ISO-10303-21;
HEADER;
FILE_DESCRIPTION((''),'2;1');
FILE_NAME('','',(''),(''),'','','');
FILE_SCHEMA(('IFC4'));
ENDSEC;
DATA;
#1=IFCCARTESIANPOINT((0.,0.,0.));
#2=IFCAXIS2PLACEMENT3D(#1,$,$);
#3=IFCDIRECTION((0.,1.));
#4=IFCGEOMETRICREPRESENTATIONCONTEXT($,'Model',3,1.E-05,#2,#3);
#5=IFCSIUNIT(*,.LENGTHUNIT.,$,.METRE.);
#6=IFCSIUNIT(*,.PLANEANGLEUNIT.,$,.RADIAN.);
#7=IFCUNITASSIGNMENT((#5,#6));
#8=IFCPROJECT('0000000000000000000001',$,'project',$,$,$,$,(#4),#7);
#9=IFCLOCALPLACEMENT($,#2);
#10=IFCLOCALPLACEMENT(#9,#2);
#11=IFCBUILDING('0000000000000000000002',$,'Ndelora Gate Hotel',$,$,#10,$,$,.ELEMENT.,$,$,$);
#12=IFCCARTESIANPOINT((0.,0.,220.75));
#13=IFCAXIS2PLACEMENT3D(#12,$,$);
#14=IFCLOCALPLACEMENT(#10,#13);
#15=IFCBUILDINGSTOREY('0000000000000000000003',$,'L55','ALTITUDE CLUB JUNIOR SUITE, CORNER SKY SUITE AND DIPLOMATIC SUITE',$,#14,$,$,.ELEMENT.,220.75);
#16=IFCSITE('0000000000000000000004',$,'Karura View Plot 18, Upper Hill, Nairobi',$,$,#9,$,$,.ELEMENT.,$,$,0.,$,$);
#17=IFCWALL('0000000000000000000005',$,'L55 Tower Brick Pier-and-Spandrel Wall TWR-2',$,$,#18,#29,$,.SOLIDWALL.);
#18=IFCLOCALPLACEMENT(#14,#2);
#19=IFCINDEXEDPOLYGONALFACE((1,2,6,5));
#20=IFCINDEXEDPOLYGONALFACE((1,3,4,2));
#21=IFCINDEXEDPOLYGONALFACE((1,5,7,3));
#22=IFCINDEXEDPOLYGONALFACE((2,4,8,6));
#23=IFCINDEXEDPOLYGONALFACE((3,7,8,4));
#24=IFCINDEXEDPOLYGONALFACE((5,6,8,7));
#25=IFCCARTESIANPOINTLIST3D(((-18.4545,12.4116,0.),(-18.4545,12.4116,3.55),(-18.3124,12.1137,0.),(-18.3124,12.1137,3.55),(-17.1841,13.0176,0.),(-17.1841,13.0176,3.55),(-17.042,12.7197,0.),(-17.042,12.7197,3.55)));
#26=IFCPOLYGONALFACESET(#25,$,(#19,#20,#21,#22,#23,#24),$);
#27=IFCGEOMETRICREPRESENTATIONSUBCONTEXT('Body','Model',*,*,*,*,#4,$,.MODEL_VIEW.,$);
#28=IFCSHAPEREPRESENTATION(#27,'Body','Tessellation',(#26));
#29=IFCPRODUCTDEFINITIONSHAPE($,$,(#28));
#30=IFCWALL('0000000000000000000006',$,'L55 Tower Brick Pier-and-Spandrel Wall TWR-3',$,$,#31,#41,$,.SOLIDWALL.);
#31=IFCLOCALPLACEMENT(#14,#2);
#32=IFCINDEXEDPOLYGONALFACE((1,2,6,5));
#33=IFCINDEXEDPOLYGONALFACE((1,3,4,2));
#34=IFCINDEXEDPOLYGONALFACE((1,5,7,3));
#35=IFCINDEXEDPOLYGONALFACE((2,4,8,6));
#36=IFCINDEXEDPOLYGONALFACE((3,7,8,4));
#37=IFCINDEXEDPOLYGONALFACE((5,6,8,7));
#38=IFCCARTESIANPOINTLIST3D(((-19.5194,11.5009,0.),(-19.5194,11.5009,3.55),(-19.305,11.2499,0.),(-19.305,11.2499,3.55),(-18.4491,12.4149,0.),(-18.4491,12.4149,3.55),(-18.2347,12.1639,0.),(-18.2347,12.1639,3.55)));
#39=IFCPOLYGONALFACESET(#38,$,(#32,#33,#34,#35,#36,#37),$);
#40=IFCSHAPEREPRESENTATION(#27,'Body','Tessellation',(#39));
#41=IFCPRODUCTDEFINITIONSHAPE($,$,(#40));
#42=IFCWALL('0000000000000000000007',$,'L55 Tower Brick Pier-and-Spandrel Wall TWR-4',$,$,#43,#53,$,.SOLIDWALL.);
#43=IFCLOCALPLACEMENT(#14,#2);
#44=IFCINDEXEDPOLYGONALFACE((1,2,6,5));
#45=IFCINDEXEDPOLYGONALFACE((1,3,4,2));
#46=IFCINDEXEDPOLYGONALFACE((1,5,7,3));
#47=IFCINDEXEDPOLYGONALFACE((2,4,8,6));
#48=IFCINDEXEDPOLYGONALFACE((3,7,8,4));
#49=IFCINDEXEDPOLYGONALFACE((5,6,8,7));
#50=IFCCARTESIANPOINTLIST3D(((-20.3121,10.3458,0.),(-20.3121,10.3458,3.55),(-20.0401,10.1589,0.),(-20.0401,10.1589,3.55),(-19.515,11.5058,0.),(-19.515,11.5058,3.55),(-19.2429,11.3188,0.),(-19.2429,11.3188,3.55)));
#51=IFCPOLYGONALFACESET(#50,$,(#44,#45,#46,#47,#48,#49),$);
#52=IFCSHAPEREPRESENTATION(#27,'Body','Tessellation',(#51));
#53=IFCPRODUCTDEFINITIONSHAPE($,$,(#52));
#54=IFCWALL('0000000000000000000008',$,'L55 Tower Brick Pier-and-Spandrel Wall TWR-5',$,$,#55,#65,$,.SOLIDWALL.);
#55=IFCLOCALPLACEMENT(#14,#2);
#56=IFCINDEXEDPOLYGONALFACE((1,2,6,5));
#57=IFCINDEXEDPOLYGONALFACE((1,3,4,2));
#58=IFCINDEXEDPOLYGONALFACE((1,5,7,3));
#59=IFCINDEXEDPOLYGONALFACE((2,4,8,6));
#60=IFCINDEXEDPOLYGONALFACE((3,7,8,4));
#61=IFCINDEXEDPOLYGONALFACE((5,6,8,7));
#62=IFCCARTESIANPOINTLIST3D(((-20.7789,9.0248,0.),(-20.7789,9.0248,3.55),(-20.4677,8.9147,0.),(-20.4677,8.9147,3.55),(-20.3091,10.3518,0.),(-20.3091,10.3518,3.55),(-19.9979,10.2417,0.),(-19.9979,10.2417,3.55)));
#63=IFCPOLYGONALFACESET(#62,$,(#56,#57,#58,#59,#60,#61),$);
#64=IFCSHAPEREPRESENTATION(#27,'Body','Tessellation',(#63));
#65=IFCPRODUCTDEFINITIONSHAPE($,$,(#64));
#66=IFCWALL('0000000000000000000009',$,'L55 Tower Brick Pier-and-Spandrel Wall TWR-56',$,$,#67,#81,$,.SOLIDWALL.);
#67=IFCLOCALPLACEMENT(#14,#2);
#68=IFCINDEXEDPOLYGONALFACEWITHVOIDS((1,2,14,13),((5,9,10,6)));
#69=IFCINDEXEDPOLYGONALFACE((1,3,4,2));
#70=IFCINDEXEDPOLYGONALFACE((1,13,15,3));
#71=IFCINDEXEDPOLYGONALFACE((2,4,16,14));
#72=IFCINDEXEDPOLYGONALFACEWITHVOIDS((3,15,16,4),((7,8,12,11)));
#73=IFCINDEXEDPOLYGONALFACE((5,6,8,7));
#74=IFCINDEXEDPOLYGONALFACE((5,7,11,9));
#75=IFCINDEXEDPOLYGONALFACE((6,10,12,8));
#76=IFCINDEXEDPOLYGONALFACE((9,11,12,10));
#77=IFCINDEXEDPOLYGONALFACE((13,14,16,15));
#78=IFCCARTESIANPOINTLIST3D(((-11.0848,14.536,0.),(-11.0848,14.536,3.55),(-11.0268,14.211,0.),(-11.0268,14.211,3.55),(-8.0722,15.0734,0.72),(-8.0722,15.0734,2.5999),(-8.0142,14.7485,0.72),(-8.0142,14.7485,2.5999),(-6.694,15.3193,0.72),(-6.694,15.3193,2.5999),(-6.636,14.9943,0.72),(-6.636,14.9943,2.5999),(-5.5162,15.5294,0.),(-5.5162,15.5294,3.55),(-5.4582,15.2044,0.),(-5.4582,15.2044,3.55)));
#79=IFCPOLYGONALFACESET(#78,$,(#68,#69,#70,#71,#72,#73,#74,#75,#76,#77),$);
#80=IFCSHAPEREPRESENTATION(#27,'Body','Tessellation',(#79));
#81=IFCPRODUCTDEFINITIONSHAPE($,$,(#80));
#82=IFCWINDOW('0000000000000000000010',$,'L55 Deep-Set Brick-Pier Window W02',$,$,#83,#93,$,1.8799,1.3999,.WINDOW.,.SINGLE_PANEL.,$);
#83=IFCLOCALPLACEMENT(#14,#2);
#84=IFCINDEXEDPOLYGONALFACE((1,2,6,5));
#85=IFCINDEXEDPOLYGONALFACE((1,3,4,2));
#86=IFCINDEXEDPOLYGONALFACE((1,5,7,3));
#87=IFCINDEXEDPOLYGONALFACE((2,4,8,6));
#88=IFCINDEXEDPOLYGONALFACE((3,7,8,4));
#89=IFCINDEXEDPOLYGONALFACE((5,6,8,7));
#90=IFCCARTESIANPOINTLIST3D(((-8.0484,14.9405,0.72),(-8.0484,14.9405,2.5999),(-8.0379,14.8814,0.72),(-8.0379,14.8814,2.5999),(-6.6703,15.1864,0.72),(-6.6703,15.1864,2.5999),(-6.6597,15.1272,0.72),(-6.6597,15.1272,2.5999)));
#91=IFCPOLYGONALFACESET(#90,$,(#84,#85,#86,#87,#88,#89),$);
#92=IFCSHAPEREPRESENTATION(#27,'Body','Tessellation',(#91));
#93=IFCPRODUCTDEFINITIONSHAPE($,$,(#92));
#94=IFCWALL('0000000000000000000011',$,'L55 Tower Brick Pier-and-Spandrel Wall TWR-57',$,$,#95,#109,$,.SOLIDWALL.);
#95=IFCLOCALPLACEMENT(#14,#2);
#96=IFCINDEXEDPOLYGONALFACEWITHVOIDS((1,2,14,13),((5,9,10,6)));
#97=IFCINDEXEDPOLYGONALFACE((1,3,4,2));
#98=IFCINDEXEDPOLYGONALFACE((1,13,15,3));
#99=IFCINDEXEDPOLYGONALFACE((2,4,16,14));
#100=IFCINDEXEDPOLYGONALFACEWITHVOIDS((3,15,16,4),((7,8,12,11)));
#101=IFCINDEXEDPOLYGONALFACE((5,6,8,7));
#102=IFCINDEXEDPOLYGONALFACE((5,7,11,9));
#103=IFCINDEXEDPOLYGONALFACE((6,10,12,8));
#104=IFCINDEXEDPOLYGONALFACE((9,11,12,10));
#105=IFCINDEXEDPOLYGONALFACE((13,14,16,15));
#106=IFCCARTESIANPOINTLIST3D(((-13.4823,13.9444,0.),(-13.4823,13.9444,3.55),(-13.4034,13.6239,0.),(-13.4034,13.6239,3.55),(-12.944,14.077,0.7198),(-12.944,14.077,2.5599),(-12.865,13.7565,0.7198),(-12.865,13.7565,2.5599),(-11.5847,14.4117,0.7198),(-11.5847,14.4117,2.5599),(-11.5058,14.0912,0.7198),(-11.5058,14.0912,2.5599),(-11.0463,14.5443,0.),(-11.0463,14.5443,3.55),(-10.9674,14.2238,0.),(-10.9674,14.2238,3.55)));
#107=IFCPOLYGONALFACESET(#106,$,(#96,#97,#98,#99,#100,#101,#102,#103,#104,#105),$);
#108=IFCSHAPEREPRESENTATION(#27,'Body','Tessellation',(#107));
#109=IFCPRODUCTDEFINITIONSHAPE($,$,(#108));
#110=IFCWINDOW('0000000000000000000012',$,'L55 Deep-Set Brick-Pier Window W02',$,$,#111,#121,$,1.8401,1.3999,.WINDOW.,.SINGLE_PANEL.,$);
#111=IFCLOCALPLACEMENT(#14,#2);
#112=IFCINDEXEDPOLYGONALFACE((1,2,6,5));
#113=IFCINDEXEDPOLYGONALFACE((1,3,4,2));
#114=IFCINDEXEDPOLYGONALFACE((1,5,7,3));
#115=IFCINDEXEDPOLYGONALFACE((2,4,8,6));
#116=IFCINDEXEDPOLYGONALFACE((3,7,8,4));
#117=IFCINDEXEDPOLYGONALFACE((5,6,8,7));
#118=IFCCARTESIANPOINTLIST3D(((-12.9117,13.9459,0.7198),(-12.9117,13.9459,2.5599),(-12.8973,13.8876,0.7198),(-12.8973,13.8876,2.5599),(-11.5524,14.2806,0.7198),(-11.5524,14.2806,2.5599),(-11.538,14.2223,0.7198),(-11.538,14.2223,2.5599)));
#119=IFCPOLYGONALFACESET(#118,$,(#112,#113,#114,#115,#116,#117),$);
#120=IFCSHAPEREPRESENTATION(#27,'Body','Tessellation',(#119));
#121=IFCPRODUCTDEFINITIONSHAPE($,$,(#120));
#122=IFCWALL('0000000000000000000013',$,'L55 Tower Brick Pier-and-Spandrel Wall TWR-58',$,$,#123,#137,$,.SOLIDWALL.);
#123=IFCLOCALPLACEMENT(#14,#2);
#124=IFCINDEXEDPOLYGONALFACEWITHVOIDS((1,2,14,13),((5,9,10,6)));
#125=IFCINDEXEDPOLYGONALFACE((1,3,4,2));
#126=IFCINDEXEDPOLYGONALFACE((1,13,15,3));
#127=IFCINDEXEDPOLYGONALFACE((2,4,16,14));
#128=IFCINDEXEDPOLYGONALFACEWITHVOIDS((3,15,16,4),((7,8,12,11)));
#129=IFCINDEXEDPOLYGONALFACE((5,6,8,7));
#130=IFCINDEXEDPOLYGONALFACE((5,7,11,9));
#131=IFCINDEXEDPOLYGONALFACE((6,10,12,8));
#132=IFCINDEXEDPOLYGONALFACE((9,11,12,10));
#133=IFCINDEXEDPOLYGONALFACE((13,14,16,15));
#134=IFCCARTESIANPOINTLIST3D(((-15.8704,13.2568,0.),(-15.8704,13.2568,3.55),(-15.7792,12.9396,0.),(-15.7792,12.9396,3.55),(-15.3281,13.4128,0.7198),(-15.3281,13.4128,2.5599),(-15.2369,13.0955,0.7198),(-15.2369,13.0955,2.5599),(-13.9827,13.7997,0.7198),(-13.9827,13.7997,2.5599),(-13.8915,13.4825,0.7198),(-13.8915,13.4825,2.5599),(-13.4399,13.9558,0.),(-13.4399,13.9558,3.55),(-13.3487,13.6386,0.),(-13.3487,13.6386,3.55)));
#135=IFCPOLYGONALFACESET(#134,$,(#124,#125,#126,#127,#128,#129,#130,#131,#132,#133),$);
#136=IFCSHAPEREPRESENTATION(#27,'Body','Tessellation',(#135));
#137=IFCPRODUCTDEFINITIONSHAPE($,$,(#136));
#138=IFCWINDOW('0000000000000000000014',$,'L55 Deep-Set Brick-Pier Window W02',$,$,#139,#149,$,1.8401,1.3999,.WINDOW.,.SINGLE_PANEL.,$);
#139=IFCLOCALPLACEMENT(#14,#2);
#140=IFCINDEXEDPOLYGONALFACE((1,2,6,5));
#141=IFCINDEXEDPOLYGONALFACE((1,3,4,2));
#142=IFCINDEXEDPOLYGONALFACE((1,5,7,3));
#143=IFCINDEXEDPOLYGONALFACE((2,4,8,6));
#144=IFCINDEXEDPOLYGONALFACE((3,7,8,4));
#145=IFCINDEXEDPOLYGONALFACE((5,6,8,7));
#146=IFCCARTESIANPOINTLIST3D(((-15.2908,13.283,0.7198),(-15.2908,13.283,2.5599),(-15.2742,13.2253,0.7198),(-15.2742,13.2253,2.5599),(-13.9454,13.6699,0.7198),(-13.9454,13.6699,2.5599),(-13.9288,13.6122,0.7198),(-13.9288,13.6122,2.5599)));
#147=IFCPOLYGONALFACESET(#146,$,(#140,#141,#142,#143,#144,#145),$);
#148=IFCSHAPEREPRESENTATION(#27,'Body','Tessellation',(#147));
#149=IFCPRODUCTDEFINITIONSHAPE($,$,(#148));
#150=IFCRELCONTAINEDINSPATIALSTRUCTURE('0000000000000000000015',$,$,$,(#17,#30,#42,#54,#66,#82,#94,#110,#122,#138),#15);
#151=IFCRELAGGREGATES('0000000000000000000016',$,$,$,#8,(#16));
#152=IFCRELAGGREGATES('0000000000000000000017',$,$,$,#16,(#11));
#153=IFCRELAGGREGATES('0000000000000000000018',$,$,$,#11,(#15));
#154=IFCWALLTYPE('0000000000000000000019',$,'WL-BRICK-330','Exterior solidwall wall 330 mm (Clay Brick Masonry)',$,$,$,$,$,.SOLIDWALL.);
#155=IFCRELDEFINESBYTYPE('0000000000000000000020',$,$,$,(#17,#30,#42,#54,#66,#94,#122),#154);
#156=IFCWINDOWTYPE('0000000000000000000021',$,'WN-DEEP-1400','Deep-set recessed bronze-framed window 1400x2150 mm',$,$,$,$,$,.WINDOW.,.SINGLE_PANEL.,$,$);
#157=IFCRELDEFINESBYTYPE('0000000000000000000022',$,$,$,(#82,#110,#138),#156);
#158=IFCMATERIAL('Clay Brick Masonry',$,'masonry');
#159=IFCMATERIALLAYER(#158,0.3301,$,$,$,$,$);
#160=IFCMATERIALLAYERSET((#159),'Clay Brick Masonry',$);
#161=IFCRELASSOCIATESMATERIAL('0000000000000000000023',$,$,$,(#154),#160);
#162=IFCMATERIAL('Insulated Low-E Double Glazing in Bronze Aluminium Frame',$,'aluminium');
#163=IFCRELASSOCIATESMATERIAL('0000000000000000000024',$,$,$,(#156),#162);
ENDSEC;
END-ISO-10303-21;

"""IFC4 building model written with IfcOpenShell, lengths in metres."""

from ifc_helpers import new_model, si_unit, direction, frame, frame_2d, origin, place, context, subcontext, project, spatial, rectangle, extrude, material, layer, layer_set, type_object, element, fill, save


model = new_model("IFC4")

# Units and contexts
model_context = context("Model", 3, precision=1e-05, world=origin(), true_north=direction((0.0, 1.0)))
body_context = subcontext(model_context, "Body", "Model", "MODEL_VIEW")
ifc_project = project(units=[si_unit("LENGTHUNIT", "METRE"), si_unit("PLANEANGLEUNIT", "RADIAN")], contexts=[model_context])

# Site, building, storey
site_placement = place(None, origin())
site = spatial("IfcSite", under=ifc_project, at=site_placement, Name="Karura View Plot 18, Upper Hill, Nairobi", CompositionType="ELEMENT", RefElevation=0.0)
building_placement = place(site_placement, origin())
building = spatial("IfcBuilding", under=site, at=building_placement, Name="Ndelora Gate Hotel", CompositionType="ELEMENT")
storey_placement = place(building_placement, frame((0.0, 0.0, 220.75)))
storey = spatial("IfcBuildingStorey", under=building, at=storey_placement, Name="L55", Description="ALTITUDE CLUB JUNIOR SUITE, CORNER SKY SUITE AND DIPLOMATIC SUITE", CompositionType="ELEMENT", Elevation=220.75)

# Walls
ifc_material_1 = material(Name="Clay Brick Masonry", Category="masonry")
ifc_layer_1 = layer(ifc_material_1, 0.3301)
ifc_layer_set_1 = layer_set([ifc_layer_1], Name="Clay Brick Masonry")
wall_type_1 = type_object("IfcWallType", Name="WL-BRICK-330", Description="Exterior solidwall wall 330 mm (Clay Brick Masonry)", PredefinedType="SOLIDWALL", material=ifc_layer_set_1)
for number, where, z_axis, x_axis, name in (
    (1, (-18.3833, 12.2627, 0.0), (0.0, 0.0, 1.0), (0.902565, 0.430553, 0.0), "L55 Tower Brick Pier-and-Spandrel Wall TWR-2"),
    (2, (-19.4121, 11.3755, 0.0), (0.0, 0.0, 1.0), (0.760431, 0.649419, 0.0), "L55 Tower Brick Pier-and-Spandrel Wall TWR-3"),
    (3, (-20.176, 10.2524, 0.0), (0.0, 0.0, 1.0), (0.566374, 0.824148, 0.0), "L55 Tower Brick Pier-and-Spandrel Wall TWR-4"),
):
    element("IfcWall", number, at=place(storey_placement, frame(where, z_axis=z_axis, x_axis=x_axis)), inside=storey, type_object=wall_type_1, Name=name, PredefinedType="SOLIDWALL", context=body_context, shape_type="SweptSolid", body=[
        extrude(rectangle(XDim=1.4075, YDim=0.3301, at=frame_2d((0.7036, 0.0))), origin(), (0.0, 0.0, 1.0), 3.55),
    ])
wall_1_placement = place(storey_placement, frame((-20.6233, 8.9697, 0.0), z_axis=(0.0, 0.0, 1.0), x_axis=(0.333709, 0.942676, 0.0)))
element("IfcWall", 4, at=wall_1_placement, inside=storey, type_object=wall_type_1, Name="L55 Tower Brick Pier-and-Spandrel Wall TWR-5", PredefinedType="SOLIDWALL", context=body_context, shape_type="SweptSolid", body=[
    extrude(rectangle(XDim=1.4077, YDim=0.3301, at=frame_2d((0.7039, 0.0))), origin(), (0.0, 0.0, 1.0), 3.55),
])

# Walls, openings, windows
wall_2_placement = place(storey_placement, frame((-11.0557, 14.3735, 0.0), z_axis=(0.0, 0.0, 1.0), x_axis=(0.984458, 0.175622, 0.0)))
wall_2 = element("IfcWall", 5, at=wall_2_placement, inside=storey, type_object=wall_type_1, Name="L55 Tower Brick Pier-and-Spandrel Wall TWR-56", PredefinedType="SOLIDWALL", context=body_context, shape_type="SweptSolid", body=[
    extrude(rectangle(XDim=5.6565, YDim=0.3301, at=frame_2d((2.8281, 0.0))), origin(), (0.0, 0.0, 1.0), 3.55),
])
opening_1_placement = place(wall_2_placement, frame((3.0601, 0.0, 0.72)))
opening_1 = element("IfcOpeningElement", 6, at=opening_1_placement, cuts=wall_2, PredefinedType="OPENING", context=body_context, shape_type="SweptSolid", body=[
    extrude(rectangle(XDim=1.3999, YDim=1.8799, at=frame_2d((0.7, 0.9399))), frame((0.0, 0.175, 0.0), z_axis=(0.0, -1.0, 0.0), x_axis=(1.0, 0.0, 0.0)), (0.0, 0.0, 1.0), 0.3501),
])
ifc_material_2 = material(Name="Insulated Low-E Double Glazing in Bronze Aluminium Frame", Category="aluminium")
window_type = type_object("IfcWindowType", Name="WN-DEEP-1400", Description="Deep-set recessed bronze-framed window 1400x2150 mm", PartitioningType="SINGLE_PANEL", PredefinedType="WINDOW", material=ifc_material_2)
window_1_placement = place(opening_1_placement, origin())
window_1 = element("IfcWindow", 7, at=window_1_placement, inside=storey, type_object=window_type, Name="L55 Deep-Set Brick-Pier Window W02", OverallHeight=1.8799, OverallWidth=1.3999, PartitioningType="SINGLE_PANEL", PredefinedType="WINDOW", context=body_context, shape_type="SweptSolid", body=[
    extrude(rectangle(XDim=1.3999, YDim=1.8799, at=frame_2d((0.7, 0.9399))), frame((0.0, 0.03, 0.0), z_axis=(0.0, -1.0, 0.0), x_axis=(1.0, 0.0, 0.0)), (0.0, 0.0, 1.0), 0.0601),
])
fill(opening_1, window_1)
wall_3_placement = place(storey_placement, frame((-13.4429, 13.7842, 0.0), z_axis=(0.0, 0.0, 1.0), x_axis=(0.970995, 0.2391, 0.0)))
wall_3 = element("IfcWall", 8, at=wall_3_placement, inside=storey, type_object=wall_type_1, Name="L55 Tower Brick Pier-and-Spandrel Wall TWR-57", PredefinedType="SOLIDWALL", context=body_context, shape_type="SweptSolid", body=[
    extrude(rectangle(XDim=2.5088, YDim=0.3301, at=frame_2d((1.2544, 0.0))), origin(), (0.0, 0.0, 1.0), 3.55),
])
opening_2_placement = place(wall_3_placement, frame((0.5544, 0.0, 0.72)))
opening_2 = element("IfcOpeningElement", 9, at=opening_2_placement, cuts=wall_3, PredefinedType="OPENING", context=body_context, shape_type="SweptSolid", body=[
    extrude(rectangle(XDim=1.3999, YDim=1.8401, at=frame_2d((0.7, 0.9199))), frame((0.0, 0.175, 0.0), z_axis=(0.0, -1.0, 0.0), x_axis=(1.0, 0.0, 0.0)), (0.0, 0.0, 1.0), 0.3501),
])
window_2_placement = place(opening_2_placement, origin())
window_2 = element("IfcWindow", 10, at=window_2_placement, inside=storey, type_object=window_type, Name="L55 Deep-Set Brick-Pier Window W02", OverallHeight=1.8401, OverallWidth=1.3999, PartitioningType="SINGLE_PANEL", PredefinedType="WINDOW", context=body_context, shape_type="SweptSolid", body=[
    extrude(rectangle(XDim=1.3999, YDim=1.8401, at=frame_2d((0.7, 0.9199))), frame((0.0, 0.03, 0.0), z_axis=(0.0, -1.0, 0.0), x_axis=(1.0, 0.0, 0.0)), (0.0, 0.0, 1.0), 0.0601),
])
fill(opening_2, window_2)
wall_4_placement = place(storey_placement, frame((-15.825, 13.0981, 0.0), z_axis=(0.0, 0.0, 1.0), x_axis=(0.961045, 0.276391, 0.0)))
wall_4 = element("IfcWall", 11, at=wall_4_placement, inside=storey, type_object=wall_type_1, Name="L55 Tower Brick Pier-and-Spandrel Wall TWR-58", PredefinedType="SOLIDWALL", context=body_context, shape_type="SweptSolid", body=[
    extrude(rectangle(XDim=2.5291, YDim=0.3301, at=frame_2d((1.2646, 0.0))), origin(), (0.0, 0.0, 1.0), 3.55),
])
opening_3_placement = place(wall_4_placement, frame((0.5645, 0.0, 0.72)))
opening_3 = element("IfcOpeningElement", 12, at=opening_3_placement, cuts=wall_4, PredefinedType="OPENING", context=body_context, shape_type="SweptSolid", body=[
    extrude(rectangle(XDim=1.3999, YDim=1.8401, at=frame_2d((0.7, 0.9199))), frame((0.0, 0.175, 0.0), z_axis=(0.0, -1.0, 0.0), x_axis=(1.0, 0.0, 0.0)), (0.0, 0.0, 1.0), 0.3501),
])
window_3_placement = place(opening_3_placement, origin())
window_3 = element("IfcWindow", 13, at=window_3_placement, inside=storey, type_object=window_type, Name="L55 Deep-Set Brick-Pier Window W02", OverallHeight=1.8401, OverallWidth=1.3999, PartitioningType="SINGLE_PANEL", PredefinedType="WINDOW", context=body_context, shape_type="SweptSolid", body=[
    extrude(rectangle(XDim=1.3999, YDim=1.8401, at=frame_2d((0.7, 0.9199))), frame((0.0, 0.03, 0.0), z_axis=(0.0, -1.0, 0.0), x_axis=(1.0, 0.0, 0.0)), (0.0, 0.0, 1.0), 0.0601),
])
fill(opening_3, window_3)

save(model, "model.ifc")
